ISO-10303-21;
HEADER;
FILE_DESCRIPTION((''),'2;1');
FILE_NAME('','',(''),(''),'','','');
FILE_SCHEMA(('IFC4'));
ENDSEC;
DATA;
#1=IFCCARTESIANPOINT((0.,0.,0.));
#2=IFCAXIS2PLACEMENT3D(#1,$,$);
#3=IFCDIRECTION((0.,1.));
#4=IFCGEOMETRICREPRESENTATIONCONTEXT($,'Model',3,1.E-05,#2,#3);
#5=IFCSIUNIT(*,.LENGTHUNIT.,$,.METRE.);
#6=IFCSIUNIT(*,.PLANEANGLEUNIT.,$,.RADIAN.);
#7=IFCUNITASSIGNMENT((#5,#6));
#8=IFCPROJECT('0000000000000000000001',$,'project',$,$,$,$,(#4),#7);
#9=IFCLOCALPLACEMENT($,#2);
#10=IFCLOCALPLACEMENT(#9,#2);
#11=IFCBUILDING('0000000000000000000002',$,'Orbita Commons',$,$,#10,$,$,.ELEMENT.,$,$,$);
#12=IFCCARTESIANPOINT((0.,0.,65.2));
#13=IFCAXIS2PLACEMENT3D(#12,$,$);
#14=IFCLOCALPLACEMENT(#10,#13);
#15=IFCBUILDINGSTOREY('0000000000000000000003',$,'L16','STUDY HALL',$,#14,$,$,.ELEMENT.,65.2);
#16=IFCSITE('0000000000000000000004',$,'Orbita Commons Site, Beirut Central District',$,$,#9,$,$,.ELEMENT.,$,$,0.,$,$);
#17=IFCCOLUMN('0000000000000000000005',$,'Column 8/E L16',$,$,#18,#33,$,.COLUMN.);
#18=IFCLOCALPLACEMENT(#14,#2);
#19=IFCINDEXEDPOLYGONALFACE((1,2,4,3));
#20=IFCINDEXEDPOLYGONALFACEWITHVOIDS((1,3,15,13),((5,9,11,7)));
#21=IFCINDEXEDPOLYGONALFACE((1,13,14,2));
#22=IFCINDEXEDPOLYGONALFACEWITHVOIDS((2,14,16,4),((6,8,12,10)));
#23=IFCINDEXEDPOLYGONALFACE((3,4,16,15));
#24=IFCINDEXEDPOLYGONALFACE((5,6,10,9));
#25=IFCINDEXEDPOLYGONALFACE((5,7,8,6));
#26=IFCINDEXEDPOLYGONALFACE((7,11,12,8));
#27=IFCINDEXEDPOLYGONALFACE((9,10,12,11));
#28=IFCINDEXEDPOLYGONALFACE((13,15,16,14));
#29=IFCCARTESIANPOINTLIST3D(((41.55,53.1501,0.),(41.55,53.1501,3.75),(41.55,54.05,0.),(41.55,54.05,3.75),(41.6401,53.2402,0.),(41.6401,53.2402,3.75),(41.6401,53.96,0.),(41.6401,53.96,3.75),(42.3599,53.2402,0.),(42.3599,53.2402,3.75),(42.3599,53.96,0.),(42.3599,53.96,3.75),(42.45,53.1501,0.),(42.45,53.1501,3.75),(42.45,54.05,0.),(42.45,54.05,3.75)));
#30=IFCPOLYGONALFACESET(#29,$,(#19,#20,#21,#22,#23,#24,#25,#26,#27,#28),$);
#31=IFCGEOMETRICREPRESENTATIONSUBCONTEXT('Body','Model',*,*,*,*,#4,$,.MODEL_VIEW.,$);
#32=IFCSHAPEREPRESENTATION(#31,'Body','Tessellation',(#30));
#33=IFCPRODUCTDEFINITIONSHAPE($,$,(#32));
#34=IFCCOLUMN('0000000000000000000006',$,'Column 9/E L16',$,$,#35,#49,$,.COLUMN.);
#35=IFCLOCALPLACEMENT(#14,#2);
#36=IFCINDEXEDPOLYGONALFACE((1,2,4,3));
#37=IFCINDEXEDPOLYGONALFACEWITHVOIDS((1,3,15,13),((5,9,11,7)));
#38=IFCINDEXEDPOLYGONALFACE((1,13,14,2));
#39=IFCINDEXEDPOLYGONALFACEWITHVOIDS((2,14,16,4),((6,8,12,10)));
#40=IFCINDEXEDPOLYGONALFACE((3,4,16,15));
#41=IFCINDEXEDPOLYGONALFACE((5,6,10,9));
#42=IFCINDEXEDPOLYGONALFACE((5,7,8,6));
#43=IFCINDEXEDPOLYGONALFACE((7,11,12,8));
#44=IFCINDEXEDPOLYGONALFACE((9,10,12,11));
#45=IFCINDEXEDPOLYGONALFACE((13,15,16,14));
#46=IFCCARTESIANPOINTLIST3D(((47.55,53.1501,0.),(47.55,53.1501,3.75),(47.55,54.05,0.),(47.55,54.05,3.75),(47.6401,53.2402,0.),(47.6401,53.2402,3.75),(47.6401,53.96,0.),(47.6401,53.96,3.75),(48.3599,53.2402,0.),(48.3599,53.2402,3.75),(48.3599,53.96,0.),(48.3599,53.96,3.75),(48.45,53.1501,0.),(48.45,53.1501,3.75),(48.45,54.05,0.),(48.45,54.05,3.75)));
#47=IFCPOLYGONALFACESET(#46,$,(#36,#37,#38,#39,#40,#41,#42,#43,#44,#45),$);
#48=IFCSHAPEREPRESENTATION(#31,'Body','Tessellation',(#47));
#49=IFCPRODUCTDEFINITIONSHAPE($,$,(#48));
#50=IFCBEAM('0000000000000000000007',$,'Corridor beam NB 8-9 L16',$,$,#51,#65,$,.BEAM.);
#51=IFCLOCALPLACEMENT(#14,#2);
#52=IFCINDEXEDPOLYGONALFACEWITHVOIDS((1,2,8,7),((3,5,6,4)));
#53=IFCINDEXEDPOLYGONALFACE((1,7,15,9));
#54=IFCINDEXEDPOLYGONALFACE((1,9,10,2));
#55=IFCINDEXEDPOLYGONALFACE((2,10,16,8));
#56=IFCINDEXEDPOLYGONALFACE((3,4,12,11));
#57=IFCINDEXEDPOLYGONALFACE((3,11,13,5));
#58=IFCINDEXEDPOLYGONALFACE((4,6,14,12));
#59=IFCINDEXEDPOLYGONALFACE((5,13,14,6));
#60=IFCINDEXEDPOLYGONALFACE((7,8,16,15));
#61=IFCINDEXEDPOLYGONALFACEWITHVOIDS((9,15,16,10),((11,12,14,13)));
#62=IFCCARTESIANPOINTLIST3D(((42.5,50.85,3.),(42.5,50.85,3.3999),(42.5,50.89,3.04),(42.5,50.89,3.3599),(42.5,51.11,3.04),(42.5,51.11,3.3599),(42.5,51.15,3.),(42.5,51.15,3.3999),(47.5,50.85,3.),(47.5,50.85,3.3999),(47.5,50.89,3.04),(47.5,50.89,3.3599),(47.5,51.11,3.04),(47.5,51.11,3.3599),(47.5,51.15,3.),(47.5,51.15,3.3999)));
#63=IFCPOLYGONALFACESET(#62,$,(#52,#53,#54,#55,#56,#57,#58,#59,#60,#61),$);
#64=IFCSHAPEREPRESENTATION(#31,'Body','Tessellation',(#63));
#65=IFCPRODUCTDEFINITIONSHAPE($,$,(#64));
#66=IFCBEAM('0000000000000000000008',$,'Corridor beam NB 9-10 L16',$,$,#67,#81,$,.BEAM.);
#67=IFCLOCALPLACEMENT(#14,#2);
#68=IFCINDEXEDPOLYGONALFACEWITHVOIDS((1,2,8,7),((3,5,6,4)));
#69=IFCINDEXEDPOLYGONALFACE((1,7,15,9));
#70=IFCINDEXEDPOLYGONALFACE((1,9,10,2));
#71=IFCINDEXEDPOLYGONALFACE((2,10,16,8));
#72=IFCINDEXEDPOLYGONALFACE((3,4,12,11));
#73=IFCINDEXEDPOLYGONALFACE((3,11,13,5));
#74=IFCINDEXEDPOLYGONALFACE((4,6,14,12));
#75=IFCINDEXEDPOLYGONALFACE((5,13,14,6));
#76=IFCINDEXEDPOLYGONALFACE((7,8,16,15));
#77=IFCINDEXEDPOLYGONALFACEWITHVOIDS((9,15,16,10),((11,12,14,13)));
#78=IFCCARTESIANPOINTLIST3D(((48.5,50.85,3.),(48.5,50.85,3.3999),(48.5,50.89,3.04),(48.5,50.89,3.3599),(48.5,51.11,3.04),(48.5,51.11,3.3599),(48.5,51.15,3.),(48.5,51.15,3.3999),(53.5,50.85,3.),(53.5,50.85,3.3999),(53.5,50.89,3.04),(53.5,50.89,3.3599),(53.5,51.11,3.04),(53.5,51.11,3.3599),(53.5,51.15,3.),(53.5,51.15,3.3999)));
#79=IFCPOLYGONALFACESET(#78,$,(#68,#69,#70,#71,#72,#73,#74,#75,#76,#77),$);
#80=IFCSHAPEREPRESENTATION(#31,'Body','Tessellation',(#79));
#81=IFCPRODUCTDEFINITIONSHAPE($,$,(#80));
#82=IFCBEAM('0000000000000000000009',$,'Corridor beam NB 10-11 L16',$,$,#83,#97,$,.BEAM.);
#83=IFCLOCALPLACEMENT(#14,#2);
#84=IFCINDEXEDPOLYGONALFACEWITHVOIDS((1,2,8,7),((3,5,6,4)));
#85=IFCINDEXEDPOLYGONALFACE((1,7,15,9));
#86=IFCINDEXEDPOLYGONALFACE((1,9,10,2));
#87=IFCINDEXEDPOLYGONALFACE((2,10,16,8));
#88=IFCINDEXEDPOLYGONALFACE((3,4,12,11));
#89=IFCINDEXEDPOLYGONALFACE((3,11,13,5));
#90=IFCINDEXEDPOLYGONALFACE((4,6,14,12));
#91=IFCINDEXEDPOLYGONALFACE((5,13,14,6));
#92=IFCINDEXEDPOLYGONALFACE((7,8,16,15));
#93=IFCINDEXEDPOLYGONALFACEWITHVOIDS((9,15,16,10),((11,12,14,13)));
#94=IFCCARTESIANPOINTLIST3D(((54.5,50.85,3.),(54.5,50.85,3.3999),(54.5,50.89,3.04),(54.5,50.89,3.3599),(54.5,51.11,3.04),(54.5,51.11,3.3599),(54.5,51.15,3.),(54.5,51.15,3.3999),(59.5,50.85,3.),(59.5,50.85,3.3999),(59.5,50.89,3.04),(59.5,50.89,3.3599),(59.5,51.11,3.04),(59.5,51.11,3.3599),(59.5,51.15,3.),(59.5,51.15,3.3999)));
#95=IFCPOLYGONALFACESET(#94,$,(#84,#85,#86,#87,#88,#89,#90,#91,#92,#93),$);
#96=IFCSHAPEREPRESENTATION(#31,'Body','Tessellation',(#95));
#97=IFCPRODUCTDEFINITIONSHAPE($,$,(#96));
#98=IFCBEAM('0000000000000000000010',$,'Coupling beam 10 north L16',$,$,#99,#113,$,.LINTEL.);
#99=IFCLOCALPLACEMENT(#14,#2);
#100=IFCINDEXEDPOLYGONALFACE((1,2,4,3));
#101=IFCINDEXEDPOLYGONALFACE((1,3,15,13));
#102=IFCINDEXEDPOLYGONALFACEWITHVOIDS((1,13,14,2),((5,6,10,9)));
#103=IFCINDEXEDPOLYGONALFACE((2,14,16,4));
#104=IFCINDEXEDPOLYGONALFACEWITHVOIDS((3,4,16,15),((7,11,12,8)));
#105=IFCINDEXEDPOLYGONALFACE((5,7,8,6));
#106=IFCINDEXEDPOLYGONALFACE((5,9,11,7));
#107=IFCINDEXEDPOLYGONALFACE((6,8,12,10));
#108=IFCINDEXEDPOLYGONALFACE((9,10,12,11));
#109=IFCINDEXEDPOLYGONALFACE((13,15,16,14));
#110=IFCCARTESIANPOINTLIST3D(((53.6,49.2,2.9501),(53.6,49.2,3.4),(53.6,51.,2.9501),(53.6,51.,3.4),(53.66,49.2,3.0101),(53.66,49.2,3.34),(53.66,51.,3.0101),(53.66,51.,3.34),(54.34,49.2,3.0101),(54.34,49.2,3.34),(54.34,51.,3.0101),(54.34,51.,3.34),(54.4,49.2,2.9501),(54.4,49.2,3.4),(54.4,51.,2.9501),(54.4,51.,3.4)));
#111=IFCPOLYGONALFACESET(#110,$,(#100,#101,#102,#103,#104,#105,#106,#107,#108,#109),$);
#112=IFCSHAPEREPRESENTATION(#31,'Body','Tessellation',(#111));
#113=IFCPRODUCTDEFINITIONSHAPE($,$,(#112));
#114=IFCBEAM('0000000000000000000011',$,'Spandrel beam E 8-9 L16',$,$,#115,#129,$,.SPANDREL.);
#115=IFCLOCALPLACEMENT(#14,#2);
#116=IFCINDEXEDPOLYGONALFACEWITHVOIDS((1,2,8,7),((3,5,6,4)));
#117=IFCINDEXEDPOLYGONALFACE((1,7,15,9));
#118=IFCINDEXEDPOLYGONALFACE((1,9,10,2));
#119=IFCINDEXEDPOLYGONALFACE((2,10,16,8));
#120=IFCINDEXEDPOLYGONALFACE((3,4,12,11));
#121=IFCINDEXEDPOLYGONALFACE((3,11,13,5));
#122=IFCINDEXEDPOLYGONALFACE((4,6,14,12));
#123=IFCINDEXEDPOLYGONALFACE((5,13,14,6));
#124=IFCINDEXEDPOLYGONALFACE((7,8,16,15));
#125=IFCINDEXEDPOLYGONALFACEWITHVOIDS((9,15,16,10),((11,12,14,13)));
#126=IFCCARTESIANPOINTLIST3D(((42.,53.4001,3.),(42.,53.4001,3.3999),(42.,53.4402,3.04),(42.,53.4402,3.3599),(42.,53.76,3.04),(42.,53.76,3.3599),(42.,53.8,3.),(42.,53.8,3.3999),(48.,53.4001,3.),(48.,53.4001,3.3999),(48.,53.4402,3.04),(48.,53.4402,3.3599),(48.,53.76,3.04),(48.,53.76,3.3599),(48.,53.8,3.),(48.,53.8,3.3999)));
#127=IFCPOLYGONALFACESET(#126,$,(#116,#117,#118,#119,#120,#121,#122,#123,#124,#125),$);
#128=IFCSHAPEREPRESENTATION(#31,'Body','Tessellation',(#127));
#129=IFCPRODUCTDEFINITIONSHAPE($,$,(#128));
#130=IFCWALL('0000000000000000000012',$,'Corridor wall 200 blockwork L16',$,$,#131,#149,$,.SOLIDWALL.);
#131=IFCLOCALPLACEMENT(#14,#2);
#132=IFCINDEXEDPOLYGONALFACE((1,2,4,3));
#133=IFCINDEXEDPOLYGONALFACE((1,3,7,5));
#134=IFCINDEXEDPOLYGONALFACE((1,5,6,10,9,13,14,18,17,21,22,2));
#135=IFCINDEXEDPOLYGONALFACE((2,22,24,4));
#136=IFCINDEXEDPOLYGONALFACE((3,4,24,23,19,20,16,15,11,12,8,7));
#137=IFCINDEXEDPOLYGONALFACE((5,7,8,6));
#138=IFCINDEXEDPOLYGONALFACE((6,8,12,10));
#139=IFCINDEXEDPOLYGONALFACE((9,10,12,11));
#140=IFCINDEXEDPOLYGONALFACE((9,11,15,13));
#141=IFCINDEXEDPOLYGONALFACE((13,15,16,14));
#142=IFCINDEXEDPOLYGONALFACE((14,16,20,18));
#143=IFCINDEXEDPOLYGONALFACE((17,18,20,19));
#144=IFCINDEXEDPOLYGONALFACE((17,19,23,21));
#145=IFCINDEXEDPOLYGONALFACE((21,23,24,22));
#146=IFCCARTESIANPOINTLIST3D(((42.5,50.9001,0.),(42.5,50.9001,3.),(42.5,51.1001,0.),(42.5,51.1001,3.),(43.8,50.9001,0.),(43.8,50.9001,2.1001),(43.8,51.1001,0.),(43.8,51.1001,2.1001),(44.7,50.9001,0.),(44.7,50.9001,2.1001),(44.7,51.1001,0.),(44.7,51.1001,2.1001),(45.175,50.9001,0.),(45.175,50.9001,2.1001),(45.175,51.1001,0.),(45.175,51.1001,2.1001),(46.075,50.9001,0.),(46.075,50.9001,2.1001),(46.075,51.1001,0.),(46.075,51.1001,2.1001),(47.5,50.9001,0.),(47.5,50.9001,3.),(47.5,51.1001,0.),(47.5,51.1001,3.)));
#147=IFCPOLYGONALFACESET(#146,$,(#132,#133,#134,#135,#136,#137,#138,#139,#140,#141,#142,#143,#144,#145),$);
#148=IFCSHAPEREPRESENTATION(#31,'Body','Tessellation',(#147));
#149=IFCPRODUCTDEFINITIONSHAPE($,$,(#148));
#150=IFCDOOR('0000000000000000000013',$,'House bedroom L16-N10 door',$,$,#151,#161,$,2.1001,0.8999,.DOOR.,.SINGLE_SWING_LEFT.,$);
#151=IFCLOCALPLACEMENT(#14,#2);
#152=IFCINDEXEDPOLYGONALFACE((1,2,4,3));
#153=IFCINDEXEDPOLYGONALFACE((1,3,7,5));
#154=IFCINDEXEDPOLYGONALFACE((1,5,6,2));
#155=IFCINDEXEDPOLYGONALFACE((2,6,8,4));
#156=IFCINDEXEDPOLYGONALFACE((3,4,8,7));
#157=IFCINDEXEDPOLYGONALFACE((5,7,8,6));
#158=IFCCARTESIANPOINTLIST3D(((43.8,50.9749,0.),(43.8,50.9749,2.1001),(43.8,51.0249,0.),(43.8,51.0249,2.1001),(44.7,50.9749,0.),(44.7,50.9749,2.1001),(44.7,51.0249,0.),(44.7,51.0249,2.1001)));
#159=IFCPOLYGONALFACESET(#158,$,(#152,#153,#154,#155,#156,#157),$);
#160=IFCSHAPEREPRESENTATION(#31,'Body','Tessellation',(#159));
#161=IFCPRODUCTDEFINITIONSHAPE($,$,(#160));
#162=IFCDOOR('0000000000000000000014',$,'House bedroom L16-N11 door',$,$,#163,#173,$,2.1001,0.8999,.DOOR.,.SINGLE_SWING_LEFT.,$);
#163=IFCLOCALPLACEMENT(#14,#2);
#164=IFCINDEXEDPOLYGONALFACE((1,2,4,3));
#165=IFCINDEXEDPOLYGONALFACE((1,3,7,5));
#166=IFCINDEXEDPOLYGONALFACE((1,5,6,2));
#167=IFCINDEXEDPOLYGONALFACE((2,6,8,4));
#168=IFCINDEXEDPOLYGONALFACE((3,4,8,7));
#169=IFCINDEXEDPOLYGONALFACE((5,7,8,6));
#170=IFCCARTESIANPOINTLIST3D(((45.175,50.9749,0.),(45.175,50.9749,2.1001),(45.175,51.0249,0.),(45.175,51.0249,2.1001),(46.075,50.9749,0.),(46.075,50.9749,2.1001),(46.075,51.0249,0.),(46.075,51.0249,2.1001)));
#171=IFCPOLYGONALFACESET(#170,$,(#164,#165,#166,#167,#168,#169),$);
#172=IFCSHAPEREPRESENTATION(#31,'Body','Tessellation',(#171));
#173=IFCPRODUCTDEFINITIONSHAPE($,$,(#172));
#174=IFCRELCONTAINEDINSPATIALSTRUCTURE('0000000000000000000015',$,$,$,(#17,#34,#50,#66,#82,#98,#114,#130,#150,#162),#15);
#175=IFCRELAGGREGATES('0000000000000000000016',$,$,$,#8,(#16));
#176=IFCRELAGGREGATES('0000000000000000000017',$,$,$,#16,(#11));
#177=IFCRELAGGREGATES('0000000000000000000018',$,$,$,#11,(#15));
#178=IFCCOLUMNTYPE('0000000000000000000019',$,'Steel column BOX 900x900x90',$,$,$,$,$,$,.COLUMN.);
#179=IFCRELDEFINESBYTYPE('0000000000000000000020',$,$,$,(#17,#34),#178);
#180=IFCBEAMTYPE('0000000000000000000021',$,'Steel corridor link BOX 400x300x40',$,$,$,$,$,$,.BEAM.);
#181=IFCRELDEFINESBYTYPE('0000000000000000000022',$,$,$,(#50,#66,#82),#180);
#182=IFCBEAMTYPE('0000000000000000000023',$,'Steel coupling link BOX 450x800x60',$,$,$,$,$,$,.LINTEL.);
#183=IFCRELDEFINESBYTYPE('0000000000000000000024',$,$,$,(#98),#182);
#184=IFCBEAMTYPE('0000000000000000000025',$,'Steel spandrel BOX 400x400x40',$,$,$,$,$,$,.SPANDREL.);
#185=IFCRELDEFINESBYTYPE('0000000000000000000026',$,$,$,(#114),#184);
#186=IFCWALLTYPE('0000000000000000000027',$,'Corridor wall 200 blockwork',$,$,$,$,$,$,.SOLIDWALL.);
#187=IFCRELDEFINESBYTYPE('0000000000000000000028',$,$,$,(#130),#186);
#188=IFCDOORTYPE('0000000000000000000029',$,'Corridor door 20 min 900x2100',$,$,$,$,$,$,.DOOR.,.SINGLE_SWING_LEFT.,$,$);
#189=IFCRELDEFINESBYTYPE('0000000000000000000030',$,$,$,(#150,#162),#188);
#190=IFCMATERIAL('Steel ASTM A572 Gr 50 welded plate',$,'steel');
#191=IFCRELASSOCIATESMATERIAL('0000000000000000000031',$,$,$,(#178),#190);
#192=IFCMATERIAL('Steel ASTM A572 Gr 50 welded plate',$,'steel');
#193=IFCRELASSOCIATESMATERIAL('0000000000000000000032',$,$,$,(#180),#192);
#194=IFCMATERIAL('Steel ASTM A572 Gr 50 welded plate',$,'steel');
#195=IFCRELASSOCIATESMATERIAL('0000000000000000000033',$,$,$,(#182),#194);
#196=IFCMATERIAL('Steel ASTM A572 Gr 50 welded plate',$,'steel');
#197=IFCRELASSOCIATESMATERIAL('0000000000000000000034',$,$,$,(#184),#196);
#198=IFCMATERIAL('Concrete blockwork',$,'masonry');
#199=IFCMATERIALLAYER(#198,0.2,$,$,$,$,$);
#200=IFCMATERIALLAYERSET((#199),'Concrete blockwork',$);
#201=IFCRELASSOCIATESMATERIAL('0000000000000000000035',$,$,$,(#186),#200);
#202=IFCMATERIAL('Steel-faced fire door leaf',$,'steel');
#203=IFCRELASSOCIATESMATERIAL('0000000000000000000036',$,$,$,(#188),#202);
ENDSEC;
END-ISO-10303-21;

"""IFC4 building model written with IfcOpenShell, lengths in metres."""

from ifc_helpers import new_model, si_unit, direction, frame, frame_2d, origin, origin_2d, place, context, subcontext, project, spatial, polyline, rectangle, hollow_rectangle, outline, extrude, material, layer, layer_set, material_profile, profile_set, type_object, element, fill, save


model = new_model("IFC4")

# Units and contexts
model_context = context("Model", 3, precision=1e-05, world=origin(), true_north=direction((0.0, 1.0)))
body_context = subcontext(model_context, "Body", "Model", "MODEL_VIEW")
ifc_project = project(units=[si_unit("LENGTHUNIT", "METRE"), si_unit("PLANEANGLEUNIT", "RADIAN")], contexts=[model_context])

# Site, building, storey
site_placement = place(None, origin())
site = spatial("IfcSite", under=ifc_project, at=site_placement, Name="Orbita Commons Site, Beirut Central District", CompositionType="ELEMENT", RefElevation=0.0)
building_placement = place(site_placement, origin())
building = spatial("IfcBuilding", under=site, at=building_placement, Name="Orbita Commons", CompositionType="ELEMENT")
storey_placement = place(building_placement, frame((0.0, 0.0, 65.2)))
storey = spatial("IfcBuildingStorey", under=building, at=storey_placement, Name="L16", Description="STUDY HALL", CompositionType="ELEMENT", Elevation=65.2)

# Columns
ifc_material_1 = material(Name="Steel ASTM A572 Gr 50 welded plate", Category="steel")
ifc_material_profile_1 = material_profile(ifc_material_1, hollow_rectangle(XDim=0.8999, YDim=0.8999, WallThickness=0.0901, at=origin_2d()), Name="BOX 900x900x90")
ifc_profile_set_1 = profile_set([ifc_material_profile_1], Name="Steel ASTM A572 Gr 50 welded plate")
column_type = type_object("IfcColumnType", Name="Steel column BOX 900x900x90", PredefinedType="COLUMN", material=ifc_profile_set_1)
for number, where, z_axis, x_axis, name in (
    (1, (42.0, 53.6001, 0.0), (0.0, 0.0, 1.0), (1.0, 0.0, 0.0), "Column 8/E L16"),
    (2, (48.0, 53.6001, 0.0), (0.0, 0.0, 1.0), (1.0, 0.0, 0.0), "Column 9/E L16"),
):
    element("IfcColumn", number, at=place(storey_placement, frame(where, z_axis=z_axis, x_axis=x_axis)), inside=storey, type_object=column_type, Name=name, PredefinedType="COLUMN", context=body_context, shape_type="SweptSolid", body=[
        extrude(hollow_rectangle(XDim=0.8999, YDim=0.8999, WallThickness=0.0901, at=origin_2d()), origin(), (0.0, 0.0, 1.0), 3.75),
    ])

# Beams
ifc_material_2 = material(Name="Steel ASTM A572 Gr 50 welded plate", Category="steel")
ifc_material_profile_2 = material_profile(ifc_material_2, hollow_rectangle(XDim=0.3, YDim=0.3999, WallThickness=0.04, at=origin_2d()), Name="BOX 400x300x40")
ifc_profile_set_2 = profile_set([ifc_material_profile_2], Name="Steel ASTM A572 Gr 50 welded plate")
beam_type_1 = type_object("IfcBeamType", Name="Steel corridor link BOX 400x300x40", PredefinedType="BEAM", material=ifc_profile_set_2)
for number, where, z_axis, x_axis, name in (
    (3, (42.5, 51.0, 3.2), (1.0, 0.0, 0.0), (0.0, 1.0, 0.0), "Corridor beam NB 8-9 L16"),
    (4, (48.5, 51.0, 3.2), (1.0, 0.0, 0.0), (0.0, 1.0, 0.0), "Corridor beam NB 9-10 L16"),
    (5, (54.5, 51.0, 3.2), (1.0, 0.0, 0.0), (0.0, 1.0, 0.0), "Corridor beam NB 10-11 L16"),
):
    element("IfcBeam", number, at=place(storey_placement, frame(where, z_axis=z_axis, x_axis=x_axis)), inside=storey, type_object=beam_type_1, Name=name, PredefinedType="BEAM", context=body_context, shape_type="SweptSolid", body=[
        extrude(hollow_rectangle(XDim=0.3, YDim=0.3999, WallThickness=0.04, at=origin_2d()), origin(), (0.0, 0.0, 1.0), 5.0),
    ])
ifc_material_3 = material(Name="Steel ASTM A572 Gr 50 welded plate", Category="steel")
ifc_material_profile_3 = material_profile(ifc_material_3, hollow_rectangle(XDim=0.8, YDim=0.45, WallThickness=0.0601, at=origin_2d()), Name="BOX 450x800x60")
ifc_profile_set_3 = profile_set([ifc_material_profile_3], Name="Steel ASTM A572 Gr 50 welded plate")
beam_type_2 = type_object("IfcBeamType", Name="Steel coupling link BOX 450x800x60", PredefinedType="LINTEL", material=ifc_profile_set_3)
beam_1_placement = place(storey_placement, frame((54.0, 49.2, 3.175), z_axis=(0.0, 1.0, 0.0), x_axis=(-1.0, 0.0, 0.0)))
element("IfcBeam", 6, at=beam_1_placement, inside=storey, type_object=beam_type_2, Name="Coupling beam 10 north L16", PredefinedType="LINTEL", context=body_context, shape_type="SweptSolid", body=[
    extrude(hollow_rectangle(XDim=0.8, YDim=0.45, WallThickness=0.0601, at=origin_2d()), origin(), (0.0, 0.0, 1.0), 1.8),
])
ifc_material_4 = material(Name="Steel ASTM A572 Gr 50 welded plate", Category="steel")
ifc_material_profile_4 = material_profile(ifc_material_4, hollow_rectangle(XDim=0.3999, YDim=0.3999, WallThickness=0.04, at=origin_2d()), Name="BOX 400x400x40")
ifc_profile_set_4 = profile_set([ifc_material_profile_4], Name="Steel ASTM A572 Gr 50 welded plate")
beam_type_3 = type_object("IfcBeamType", Name="Steel spandrel BOX 400x400x40", PredefinedType="SPANDREL", material=ifc_profile_set_4)
beam_2_placement = place(storey_placement, frame((42.0, 53.6001, 3.2), z_axis=(1.0, 0.0, 0.0), x_axis=(0.0, 1.0, 0.0)))
element("IfcBeam", 7, at=beam_2_placement, inside=storey, type_object=beam_type_3, Name="Spandrel beam E 8-9 L16", PredefinedType="SPANDREL", context=body_context, shape_type="SweptSolid", body=[
    extrude(hollow_rectangle(XDim=0.3999, YDim=0.3999, WallThickness=0.04, at=origin_2d()), origin(), (0.0, 0.0, 1.0), 6.0),
])

# Wall, openings, doors
ifc_material_5 = material(Name="Concrete blockwork", Category="masonry")
ifc_layer_1 = layer(ifc_material_5, 0.2)
ifc_layer_set_1 = layer_set([ifc_layer_1], Name="Concrete blockwork")
wall_type_1 = type_object("IfcWallType", Name="Corridor wall 200 blockwork", PredefinedType="SOLIDWALL", material=ifc_layer_set_1)
wall_1_placement = place(storey_placement, frame((42.5, 51.0, 0.0), z_axis=(0.0, 0.0, 1.0), x_axis=(1.0, 0.0, 0.0)))
wall_1 = element("IfcWall", 8, at=wall_1_placement, inside=storey, type_object=wall_type_1, Name="Corridor wall 200 blockwork L16", PredefinedType="SOLIDWALL", context=body_context, shape_type="SweptSolid", body=[
    extrude(outline(polyline([(0.0, 0.0), (5.0, 0.0), (5.0, 3.0), (0.0, 3.0), (0.0, 0.0)])), frame((0.0, 0.1001, 0.0), z_axis=(0.0, -1.0, 0.0), x_axis=(1.0, 0.0, 0.0)), (0.0, 0.0, 1.0), 0.2),
])
opening_1_placement = place(wall_1_placement, frame((1.3, 0.0, 0.0)))
opening_1 = element("IfcOpeningElement", 9, at=opening_1_placement, cuts=wall_1, PredefinedType="OPENING", context=body_context, shape_type="SweptSolid", body=[
    extrude(rectangle(XDim=0.8999, YDim=2.1001, at=frame_2d((0.45, 1.05))), frame((0.0, 0.1099, 0.0), z_axis=(0.0, -1.0, 0.0), x_axis=(1.0, 0.0, 0.0)), (0.0, 0.0, 1.0), 0.22),
])
opening_2_placement = place(wall_1_placement, frame((2.675, 0.0, 0.0)))
opening_2 = element("IfcOpeningElement", 10, at=opening_2_placement, cuts=wall_1, PredefinedType="OPENING", context=body_context, shape_type="SweptSolid", body=[
    extrude(rectangle(XDim=0.8999, YDim=2.1001, at=frame_2d((0.45, 1.05))), frame((0.0, 0.1099, 0.0), z_axis=(0.0, -1.0, 0.0), x_axis=(1.0, 0.0, 0.0)), (0.0, 0.0, 1.0), 0.22),
])
ifc_material_6 = material(Name="Steel-faced fire door leaf", Category="steel")
door_type_1 = type_object("IfcDoorType", Name="Corridor door 20 min 900x2100", OperationType="SINGLE_SWING_LEFT", PredefinedType="DOOR", material=ifc_material_6)
door_1_placement = place(opening_1_placement, origin())
door_1 = element("IfcDoor", 11, at=door_1_placement, inside=storey, type_object=door_type_1, Name="House bedroom L16-N10 door", OperationType="SINGLE_SWING_LEFT", OverallHeight=2.1001, OverallWidth=0.8999, PredefinedType="DOOR", context=body_context, shape_type="SweptSolid", body=[
    extrude(rectangle(XDim=0.8999, YDim=2.1001, at=frame_2d((0.45, 1.05))), frame((0.0, 0.0249, 0.0), z_axis=(0.0, -1.0, 0.0), x_axis=(1.0, 0.0, 0.0)), (0.0, 0.0, 1.0), 0.05),
])
fill(opening_1, door_1)
door_2_placement = place(opening_2_placement, origin())
door_2 = element("IfcDoor", 12, at=door_2_placement, inside=storey, type_object=door_type_1, Name="House bedroom L16-N11 door", OperationType="SINGLE_SWING_LEFT", OverallHeight=2.1001, OverallWidth=0.8999, PredefinedType="DOOR", context=body_context, shape_type="SweptSolid", body=[
    extrude(rectangle(XDim=0.8999, YDim=2.1001, at=frame_2d((0.45, 1.05))), frame((0.0, 0.0249, 0.0), z_axis=(0.0, -1.0, 0.0), x_axis=(1.0, 0.0, 0.0)), (0.0, 0.0, 1.0), 0.05),
])
fill(opening_2, door_2)

save(model, "model.ifc")
